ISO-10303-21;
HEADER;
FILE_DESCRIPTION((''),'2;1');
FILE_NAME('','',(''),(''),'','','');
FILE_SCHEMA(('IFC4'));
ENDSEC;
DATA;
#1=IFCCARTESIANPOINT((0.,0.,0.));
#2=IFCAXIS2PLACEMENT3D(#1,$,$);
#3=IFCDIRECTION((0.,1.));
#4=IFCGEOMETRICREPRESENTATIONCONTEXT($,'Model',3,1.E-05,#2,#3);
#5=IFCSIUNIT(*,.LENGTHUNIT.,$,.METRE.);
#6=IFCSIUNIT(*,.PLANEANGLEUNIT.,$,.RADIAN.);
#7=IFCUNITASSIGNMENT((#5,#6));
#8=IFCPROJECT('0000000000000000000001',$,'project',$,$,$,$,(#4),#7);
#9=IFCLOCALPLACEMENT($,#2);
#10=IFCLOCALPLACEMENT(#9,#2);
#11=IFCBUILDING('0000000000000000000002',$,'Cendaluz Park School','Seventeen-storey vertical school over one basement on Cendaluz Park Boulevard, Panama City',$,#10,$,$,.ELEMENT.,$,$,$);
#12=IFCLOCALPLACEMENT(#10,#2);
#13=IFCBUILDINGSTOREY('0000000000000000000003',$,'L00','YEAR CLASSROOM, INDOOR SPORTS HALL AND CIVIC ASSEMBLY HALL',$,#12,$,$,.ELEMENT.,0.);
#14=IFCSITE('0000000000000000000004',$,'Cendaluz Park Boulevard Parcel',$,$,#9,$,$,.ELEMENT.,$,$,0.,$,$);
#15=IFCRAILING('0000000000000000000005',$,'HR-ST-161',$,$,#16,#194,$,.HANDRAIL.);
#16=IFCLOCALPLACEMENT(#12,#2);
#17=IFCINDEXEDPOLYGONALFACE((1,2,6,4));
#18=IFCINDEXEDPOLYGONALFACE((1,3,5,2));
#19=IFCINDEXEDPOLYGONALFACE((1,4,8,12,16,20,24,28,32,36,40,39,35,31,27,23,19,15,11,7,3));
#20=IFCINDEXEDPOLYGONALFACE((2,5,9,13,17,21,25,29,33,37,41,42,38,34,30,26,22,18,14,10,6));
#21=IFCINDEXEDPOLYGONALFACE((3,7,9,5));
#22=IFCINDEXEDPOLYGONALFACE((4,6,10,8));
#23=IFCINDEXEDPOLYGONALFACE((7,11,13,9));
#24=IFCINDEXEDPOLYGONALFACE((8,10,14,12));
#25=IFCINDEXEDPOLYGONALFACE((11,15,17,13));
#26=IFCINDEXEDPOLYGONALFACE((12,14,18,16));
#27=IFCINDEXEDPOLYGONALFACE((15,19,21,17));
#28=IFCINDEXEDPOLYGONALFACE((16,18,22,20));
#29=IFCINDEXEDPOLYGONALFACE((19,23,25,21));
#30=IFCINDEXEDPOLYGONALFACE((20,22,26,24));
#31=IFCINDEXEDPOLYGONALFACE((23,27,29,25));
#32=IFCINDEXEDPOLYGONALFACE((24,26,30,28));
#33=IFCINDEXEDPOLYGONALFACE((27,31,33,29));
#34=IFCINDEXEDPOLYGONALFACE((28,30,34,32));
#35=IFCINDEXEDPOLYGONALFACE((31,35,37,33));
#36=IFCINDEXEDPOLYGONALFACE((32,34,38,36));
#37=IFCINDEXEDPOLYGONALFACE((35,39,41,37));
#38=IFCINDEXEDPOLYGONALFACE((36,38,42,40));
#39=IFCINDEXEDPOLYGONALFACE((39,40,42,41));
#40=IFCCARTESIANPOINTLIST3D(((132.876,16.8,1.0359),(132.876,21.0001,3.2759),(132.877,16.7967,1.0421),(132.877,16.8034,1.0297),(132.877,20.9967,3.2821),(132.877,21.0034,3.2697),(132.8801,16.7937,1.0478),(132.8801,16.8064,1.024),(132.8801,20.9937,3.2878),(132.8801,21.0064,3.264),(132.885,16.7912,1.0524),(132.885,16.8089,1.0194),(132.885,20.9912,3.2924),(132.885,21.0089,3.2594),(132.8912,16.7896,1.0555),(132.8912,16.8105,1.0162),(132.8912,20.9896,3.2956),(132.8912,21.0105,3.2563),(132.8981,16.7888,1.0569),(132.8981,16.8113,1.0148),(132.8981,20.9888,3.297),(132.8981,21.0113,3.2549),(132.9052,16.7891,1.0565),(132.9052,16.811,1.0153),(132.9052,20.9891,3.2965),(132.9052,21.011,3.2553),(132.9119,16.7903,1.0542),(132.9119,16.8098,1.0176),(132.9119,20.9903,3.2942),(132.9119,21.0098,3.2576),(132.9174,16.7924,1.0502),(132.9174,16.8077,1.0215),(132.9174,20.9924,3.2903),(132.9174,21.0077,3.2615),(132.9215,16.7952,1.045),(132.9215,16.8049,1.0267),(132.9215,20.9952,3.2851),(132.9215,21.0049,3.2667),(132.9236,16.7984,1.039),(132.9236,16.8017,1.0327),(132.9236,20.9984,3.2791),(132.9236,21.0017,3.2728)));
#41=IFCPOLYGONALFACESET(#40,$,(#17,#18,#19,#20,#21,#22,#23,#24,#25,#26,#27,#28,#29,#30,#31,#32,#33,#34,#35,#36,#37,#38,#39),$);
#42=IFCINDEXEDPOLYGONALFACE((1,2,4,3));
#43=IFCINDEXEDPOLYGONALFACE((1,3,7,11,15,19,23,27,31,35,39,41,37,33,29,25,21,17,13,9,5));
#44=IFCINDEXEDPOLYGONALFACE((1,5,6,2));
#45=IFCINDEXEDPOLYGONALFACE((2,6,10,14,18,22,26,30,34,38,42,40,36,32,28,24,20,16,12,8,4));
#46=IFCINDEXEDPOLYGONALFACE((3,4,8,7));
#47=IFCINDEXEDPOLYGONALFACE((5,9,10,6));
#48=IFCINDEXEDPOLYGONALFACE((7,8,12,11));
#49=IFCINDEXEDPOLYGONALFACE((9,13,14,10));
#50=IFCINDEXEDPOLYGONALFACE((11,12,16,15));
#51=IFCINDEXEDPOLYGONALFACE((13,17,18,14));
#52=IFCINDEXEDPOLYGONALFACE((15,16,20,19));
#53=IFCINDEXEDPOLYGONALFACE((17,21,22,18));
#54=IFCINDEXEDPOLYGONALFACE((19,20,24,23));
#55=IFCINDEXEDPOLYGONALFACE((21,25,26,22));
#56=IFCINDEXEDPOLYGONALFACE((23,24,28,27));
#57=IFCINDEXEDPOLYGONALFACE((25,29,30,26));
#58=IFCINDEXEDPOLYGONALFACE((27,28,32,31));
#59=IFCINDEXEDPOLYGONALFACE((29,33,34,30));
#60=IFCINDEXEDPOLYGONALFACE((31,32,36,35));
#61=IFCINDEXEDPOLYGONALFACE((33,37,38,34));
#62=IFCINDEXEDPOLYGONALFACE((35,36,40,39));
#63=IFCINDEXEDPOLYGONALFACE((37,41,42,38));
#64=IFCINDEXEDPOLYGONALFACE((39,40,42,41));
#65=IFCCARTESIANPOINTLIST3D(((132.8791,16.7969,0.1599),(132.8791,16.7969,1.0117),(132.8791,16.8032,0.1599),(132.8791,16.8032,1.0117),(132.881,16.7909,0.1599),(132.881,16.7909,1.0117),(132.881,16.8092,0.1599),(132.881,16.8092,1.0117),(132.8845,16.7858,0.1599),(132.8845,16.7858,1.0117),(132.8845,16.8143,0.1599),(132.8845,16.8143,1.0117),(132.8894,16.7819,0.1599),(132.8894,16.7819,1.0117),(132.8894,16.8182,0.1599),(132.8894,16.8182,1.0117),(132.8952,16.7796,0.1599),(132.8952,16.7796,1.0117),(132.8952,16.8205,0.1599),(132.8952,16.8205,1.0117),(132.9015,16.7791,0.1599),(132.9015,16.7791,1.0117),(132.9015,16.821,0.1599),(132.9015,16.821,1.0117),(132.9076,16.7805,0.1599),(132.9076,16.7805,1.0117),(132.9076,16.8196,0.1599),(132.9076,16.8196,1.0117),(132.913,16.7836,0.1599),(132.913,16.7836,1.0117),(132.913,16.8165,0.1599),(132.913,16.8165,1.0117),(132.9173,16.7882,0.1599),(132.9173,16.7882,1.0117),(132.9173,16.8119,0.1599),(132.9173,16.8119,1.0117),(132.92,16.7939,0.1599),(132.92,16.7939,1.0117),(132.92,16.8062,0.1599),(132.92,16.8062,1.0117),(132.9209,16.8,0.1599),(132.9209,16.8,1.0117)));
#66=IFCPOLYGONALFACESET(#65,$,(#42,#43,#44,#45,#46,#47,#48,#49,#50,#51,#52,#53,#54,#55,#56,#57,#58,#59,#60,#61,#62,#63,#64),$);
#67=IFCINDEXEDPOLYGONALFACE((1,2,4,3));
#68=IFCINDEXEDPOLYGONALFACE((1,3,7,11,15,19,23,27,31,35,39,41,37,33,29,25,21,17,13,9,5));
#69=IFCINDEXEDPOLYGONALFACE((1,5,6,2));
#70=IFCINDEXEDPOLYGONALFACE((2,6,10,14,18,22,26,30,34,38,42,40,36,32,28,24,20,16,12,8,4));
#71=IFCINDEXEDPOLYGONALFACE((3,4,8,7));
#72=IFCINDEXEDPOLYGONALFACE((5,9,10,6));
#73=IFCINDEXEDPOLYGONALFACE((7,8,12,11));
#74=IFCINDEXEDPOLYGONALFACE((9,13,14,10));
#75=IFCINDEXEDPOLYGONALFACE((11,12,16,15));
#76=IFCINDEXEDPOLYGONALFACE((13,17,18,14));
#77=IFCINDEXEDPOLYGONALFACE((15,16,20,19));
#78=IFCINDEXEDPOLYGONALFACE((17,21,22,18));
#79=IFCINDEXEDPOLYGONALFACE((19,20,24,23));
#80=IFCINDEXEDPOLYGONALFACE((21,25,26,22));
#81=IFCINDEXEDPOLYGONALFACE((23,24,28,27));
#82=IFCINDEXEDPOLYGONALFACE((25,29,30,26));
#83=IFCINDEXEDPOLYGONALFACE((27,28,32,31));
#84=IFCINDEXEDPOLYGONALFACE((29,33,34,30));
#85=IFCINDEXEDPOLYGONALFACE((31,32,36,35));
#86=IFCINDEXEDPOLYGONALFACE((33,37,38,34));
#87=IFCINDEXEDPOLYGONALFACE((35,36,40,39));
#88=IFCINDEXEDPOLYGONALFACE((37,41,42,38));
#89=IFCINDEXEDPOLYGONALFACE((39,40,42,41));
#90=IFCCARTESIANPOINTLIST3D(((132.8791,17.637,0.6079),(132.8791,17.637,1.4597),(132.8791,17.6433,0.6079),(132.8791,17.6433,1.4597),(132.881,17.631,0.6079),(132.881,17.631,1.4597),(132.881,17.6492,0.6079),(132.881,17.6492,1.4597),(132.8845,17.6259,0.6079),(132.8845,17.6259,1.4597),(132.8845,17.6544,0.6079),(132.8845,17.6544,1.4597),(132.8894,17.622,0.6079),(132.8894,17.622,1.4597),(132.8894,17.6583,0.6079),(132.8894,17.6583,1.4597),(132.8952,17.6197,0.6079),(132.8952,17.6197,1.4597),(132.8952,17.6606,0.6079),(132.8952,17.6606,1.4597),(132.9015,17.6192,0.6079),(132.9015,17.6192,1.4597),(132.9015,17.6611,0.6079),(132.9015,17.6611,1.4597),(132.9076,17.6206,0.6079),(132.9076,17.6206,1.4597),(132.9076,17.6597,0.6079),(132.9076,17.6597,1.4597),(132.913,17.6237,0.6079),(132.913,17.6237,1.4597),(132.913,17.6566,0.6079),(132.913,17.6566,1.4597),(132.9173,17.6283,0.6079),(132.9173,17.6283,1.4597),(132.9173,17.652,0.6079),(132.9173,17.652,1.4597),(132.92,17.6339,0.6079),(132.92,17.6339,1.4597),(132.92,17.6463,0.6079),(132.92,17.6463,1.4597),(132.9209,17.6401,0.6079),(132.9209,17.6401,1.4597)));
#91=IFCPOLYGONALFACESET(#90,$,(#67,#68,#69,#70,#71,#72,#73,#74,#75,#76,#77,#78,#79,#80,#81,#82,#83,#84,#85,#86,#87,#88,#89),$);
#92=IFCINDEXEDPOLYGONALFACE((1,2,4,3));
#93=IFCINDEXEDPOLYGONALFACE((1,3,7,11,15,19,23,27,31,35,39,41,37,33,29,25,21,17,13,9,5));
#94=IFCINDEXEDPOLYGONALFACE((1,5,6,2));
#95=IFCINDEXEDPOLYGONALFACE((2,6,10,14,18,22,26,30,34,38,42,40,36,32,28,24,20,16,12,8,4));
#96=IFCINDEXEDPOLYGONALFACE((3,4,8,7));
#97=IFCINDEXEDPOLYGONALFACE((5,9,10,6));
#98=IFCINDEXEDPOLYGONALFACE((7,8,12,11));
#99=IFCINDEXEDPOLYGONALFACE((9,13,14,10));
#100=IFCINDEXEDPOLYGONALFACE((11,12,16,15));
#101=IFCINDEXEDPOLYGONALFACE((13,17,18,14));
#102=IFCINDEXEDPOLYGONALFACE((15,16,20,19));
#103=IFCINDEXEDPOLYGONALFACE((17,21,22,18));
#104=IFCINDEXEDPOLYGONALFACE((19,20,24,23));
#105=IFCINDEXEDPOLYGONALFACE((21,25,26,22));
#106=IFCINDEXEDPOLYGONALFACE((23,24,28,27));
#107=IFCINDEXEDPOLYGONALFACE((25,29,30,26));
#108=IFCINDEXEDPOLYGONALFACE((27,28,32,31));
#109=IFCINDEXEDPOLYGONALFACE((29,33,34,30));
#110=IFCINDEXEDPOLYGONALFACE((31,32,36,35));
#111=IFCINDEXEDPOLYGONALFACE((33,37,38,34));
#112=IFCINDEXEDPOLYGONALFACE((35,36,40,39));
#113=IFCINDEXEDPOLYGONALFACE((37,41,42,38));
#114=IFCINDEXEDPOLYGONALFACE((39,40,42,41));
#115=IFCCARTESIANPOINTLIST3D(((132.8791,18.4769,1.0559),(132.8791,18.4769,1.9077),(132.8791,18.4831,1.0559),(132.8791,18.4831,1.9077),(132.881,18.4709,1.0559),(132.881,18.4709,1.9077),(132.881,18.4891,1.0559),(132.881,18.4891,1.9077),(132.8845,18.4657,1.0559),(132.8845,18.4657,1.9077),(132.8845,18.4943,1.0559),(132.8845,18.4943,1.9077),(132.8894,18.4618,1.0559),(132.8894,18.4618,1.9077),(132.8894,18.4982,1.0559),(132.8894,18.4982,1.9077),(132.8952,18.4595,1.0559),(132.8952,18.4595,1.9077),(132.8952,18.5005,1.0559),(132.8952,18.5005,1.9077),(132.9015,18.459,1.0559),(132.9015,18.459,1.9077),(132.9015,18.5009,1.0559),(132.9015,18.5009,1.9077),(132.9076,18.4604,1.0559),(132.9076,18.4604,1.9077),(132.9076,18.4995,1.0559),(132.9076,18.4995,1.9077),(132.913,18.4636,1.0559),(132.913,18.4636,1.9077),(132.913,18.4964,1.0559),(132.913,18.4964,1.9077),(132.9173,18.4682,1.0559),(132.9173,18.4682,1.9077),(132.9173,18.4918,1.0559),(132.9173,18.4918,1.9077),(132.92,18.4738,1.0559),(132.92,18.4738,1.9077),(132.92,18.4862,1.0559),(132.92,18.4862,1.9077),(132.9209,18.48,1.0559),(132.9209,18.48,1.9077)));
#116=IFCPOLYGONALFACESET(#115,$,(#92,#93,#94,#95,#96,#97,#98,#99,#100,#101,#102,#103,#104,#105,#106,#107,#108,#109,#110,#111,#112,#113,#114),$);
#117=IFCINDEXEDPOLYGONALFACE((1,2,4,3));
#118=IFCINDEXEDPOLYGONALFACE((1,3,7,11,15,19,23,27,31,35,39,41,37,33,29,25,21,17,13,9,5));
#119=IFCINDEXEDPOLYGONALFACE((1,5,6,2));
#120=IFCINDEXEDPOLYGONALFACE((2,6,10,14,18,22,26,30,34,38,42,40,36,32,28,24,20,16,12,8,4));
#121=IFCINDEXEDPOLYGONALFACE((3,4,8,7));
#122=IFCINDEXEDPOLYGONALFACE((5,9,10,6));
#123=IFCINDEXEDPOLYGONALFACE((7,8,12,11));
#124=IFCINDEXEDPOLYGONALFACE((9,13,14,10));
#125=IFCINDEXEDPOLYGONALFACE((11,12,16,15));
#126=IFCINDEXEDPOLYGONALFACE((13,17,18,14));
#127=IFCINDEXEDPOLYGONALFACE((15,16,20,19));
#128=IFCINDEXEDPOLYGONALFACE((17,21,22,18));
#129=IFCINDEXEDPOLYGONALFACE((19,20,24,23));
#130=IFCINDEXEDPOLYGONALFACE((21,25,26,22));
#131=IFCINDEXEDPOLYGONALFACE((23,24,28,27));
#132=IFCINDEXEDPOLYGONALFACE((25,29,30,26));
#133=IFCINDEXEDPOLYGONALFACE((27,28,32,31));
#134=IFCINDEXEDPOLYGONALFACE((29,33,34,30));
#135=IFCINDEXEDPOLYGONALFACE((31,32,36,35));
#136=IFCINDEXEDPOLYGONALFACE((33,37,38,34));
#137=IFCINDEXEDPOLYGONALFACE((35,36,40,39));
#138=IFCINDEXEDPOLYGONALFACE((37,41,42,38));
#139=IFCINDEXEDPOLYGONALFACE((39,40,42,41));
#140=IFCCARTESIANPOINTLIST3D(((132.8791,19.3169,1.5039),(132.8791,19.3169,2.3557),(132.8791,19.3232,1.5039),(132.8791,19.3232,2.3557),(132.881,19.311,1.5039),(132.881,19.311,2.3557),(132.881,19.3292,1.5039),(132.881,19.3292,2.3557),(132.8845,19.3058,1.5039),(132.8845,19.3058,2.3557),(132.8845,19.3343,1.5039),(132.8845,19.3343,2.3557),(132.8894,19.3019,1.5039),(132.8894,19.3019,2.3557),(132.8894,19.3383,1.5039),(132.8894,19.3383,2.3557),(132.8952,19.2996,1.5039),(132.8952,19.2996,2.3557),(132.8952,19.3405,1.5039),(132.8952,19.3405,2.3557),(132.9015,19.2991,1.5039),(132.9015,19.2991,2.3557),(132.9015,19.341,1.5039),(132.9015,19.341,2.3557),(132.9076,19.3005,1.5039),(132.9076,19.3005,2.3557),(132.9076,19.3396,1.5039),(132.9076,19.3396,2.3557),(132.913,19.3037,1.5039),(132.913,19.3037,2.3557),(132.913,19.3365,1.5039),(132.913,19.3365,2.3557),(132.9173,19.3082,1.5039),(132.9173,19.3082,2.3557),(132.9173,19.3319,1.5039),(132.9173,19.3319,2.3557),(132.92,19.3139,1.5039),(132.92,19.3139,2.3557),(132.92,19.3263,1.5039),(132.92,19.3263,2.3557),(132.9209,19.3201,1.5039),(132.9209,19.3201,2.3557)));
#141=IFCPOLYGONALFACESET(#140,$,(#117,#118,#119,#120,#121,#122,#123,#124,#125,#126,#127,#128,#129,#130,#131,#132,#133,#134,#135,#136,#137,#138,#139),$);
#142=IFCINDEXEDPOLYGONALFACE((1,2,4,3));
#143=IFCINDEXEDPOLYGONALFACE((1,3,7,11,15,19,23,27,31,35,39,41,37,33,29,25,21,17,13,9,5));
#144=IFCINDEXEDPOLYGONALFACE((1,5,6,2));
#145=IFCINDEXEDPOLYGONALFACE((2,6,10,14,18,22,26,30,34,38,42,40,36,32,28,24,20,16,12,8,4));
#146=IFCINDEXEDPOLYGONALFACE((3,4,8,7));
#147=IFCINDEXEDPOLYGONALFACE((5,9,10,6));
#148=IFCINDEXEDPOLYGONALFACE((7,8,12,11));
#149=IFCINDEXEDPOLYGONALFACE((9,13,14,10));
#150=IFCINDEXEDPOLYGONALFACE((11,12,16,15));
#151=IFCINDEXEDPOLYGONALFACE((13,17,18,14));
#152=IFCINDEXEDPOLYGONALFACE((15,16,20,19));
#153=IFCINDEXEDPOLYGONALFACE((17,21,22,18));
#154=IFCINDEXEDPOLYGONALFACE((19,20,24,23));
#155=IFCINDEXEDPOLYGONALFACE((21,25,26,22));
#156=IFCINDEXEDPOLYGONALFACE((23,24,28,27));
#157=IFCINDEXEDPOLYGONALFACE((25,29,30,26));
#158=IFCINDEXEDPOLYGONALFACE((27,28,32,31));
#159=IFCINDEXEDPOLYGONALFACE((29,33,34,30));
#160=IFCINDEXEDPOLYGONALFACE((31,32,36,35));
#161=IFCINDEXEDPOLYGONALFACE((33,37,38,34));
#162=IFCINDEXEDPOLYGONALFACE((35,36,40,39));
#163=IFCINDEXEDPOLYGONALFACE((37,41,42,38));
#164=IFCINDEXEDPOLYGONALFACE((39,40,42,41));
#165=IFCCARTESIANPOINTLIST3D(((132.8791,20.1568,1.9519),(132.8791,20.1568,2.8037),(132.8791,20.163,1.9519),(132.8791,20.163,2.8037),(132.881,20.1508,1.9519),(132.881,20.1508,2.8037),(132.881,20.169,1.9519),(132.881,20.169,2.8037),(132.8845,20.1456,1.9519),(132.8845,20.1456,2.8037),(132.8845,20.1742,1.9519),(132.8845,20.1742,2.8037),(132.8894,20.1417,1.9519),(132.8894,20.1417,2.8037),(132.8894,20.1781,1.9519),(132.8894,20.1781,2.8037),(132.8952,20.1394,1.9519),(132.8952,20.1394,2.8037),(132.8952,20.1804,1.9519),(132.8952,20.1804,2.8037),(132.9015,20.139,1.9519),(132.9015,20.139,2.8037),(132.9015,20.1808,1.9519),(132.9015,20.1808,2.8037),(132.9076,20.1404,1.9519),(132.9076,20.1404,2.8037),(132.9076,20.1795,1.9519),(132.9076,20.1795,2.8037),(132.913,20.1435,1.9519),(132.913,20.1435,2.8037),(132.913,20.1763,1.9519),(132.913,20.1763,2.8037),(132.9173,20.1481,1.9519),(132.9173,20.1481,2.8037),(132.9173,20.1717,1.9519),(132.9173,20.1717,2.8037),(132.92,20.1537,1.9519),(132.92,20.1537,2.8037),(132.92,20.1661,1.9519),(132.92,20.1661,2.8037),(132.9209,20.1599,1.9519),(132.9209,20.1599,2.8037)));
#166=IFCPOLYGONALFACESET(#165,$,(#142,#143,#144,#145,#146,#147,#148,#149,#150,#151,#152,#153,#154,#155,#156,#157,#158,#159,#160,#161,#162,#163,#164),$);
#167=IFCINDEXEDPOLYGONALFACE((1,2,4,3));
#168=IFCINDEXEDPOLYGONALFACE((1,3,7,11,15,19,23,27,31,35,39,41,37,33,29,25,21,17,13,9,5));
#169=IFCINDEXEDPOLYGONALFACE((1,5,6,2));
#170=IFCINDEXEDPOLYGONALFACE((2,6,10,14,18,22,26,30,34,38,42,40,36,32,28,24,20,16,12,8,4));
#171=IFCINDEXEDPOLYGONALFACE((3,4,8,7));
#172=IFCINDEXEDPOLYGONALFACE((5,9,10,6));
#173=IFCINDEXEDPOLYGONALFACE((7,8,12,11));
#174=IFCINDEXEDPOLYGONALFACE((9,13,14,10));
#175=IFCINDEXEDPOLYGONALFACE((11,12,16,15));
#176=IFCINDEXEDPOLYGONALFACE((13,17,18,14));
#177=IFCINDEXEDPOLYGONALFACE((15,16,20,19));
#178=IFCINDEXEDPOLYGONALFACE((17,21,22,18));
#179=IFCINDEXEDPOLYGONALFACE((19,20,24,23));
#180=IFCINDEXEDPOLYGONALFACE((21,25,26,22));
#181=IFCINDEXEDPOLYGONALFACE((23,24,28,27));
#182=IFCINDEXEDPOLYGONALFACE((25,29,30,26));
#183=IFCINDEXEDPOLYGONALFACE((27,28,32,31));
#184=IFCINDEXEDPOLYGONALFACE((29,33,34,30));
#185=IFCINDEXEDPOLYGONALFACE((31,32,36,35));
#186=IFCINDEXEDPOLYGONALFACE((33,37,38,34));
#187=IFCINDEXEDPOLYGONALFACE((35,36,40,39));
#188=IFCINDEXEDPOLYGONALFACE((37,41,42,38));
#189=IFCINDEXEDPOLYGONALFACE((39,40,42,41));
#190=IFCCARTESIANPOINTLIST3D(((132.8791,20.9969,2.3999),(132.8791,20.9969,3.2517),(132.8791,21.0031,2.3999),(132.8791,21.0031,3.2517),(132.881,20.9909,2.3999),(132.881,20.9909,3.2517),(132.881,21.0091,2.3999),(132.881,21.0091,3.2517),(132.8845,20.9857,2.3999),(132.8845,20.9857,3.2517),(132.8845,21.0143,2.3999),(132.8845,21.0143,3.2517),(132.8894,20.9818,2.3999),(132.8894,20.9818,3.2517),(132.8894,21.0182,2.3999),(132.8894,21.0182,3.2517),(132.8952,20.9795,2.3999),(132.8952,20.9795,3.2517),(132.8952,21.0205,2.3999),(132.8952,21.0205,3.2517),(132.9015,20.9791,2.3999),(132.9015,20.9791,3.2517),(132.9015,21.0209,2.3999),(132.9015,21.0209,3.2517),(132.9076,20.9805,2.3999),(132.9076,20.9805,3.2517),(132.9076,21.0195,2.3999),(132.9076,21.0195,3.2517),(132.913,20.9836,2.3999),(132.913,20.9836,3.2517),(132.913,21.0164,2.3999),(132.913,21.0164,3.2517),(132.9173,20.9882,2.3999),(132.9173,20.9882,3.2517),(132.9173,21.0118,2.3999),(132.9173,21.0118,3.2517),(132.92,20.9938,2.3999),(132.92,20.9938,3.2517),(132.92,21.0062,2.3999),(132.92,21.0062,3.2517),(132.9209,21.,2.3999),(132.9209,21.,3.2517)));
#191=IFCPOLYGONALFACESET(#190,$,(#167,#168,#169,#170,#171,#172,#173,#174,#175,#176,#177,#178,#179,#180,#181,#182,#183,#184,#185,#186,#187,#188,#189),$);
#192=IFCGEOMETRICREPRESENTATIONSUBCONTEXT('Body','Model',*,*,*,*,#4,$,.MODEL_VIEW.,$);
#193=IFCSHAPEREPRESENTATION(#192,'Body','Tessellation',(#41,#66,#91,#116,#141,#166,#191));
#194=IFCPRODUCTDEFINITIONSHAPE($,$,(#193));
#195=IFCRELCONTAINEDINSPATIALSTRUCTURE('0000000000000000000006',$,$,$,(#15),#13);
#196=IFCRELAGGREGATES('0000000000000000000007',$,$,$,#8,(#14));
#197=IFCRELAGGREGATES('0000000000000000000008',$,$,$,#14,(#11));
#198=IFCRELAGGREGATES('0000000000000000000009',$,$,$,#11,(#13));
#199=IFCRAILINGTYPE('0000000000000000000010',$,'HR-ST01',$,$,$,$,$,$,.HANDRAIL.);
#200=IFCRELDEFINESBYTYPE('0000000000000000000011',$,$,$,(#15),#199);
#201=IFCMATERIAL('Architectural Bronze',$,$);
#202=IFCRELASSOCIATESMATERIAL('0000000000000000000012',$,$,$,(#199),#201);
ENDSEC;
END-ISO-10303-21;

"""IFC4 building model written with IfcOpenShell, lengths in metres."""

from ifc_helpers import new_model, si_unit, direction, frame, origin, origin_2d, place, context, subcontext, project, spatial, circle, extrude, material, type_object, element, save


model = new_model("IFC4")

# Units and contexts
model_context = context("Model", 3, precision=1e-05, world=origin(), true_north=direction((0.0, 1.0)))
body_context = subcontext(model_context, "Body", "Model", "MODEL_VIEW")
ifc_project = project(units=[si_unit("LENGTHUNIT", "METRE"), si_unit("PLANEANGLEUNIT", "RADIAN")], contexts=[model_context])

# Site, building, storey
site_placement = place(None, origin())
site = spatial("IfcSite", under=ifc_project, at=site_placement, Name="Cendaluz Park Boulevard Parcel", CompositionType="ELEMENT", RefElevation=0.0)
building_placement = place(site_placement, origin())
building = spatial("IfcBuilding", under=site, at=building_placement, Name="Cendaluz Park School", Description="Seventeen-storey vertical school over one basement on Cendaluz Park Boulevard, Panama City", CompositionType="ELEMENT")
storey_placement = place(building_placement, origin())
storey = spatial("IfcBuildingStorey", under=building, at=storey_placement, Name="L00", Description="YEAR CLASSROOM, INDOOR SPORTS HALL AND CIVIC ASSEMBLY HALL", CompositionType="ELEMENT", Elevation=0.0)

# Railing
ifc_material_1 = material(Name="Architectural Bronze")
railing_type_1 = type_object("IfcRailingType", Name="HR-ST01", PredefinedType="HANDRAIL", material=ifc_material_1)
railing_1_placement = place(storey_placement, frame((132.8999, 16.8, 0.1599)))
element("IfcRailing", 1, at=railing_1_placement, inside=storey, type_object=railing_type_1, Name="HR-ST-161", PredefinedType="HANDRAIL", context=body_context, shape_type="SweptSolid", body=[
    extrude(circle(Radius=0.0239, at=origin_2d()), frame((0.0, 0.0, 0.876), z_axis=(0.0, 0.882352, 0.470591), x_axis=(-1.0, 0.0, 0.0)), (0.0, 0.0, 1.0), 4.76),
    extrude(circle(Radius=0.021, at=origin_2d()), origin(), (0.0, 0.0, 1.0), 0.8518),
    extrude(circle(Radius=0.021, at=origin_2d()), frame((0.0, 0.8401, 0.448)), (0.0, 0.0, 1.0), 0.8518),
    extrude(circle(Radius=0.021, at=origin_2d()), frame((0.0, 1.6799, 0.896)), (0.0, 0.0, 1.0), 0.8518),
    extrude(circle(Radius=0.021, at=origin_2d()), frame((0.0, 2.52, 1.344)), (0.0, 0.0, 1.0), 0.8518),
    extrude(circle(Radius=0.021, at=origin_2d()), frame((0.0, 3.3599, 1.792)), (0.0, 0.0, 1.0), 0.8518),
    extrude(circle(Radius=0.021, at=origin_2d()), frame((0.0, 4.2, 2.24)), (0.0, 0.0, 1.0), 0.8518),
])

save(model, "model.ifc")
